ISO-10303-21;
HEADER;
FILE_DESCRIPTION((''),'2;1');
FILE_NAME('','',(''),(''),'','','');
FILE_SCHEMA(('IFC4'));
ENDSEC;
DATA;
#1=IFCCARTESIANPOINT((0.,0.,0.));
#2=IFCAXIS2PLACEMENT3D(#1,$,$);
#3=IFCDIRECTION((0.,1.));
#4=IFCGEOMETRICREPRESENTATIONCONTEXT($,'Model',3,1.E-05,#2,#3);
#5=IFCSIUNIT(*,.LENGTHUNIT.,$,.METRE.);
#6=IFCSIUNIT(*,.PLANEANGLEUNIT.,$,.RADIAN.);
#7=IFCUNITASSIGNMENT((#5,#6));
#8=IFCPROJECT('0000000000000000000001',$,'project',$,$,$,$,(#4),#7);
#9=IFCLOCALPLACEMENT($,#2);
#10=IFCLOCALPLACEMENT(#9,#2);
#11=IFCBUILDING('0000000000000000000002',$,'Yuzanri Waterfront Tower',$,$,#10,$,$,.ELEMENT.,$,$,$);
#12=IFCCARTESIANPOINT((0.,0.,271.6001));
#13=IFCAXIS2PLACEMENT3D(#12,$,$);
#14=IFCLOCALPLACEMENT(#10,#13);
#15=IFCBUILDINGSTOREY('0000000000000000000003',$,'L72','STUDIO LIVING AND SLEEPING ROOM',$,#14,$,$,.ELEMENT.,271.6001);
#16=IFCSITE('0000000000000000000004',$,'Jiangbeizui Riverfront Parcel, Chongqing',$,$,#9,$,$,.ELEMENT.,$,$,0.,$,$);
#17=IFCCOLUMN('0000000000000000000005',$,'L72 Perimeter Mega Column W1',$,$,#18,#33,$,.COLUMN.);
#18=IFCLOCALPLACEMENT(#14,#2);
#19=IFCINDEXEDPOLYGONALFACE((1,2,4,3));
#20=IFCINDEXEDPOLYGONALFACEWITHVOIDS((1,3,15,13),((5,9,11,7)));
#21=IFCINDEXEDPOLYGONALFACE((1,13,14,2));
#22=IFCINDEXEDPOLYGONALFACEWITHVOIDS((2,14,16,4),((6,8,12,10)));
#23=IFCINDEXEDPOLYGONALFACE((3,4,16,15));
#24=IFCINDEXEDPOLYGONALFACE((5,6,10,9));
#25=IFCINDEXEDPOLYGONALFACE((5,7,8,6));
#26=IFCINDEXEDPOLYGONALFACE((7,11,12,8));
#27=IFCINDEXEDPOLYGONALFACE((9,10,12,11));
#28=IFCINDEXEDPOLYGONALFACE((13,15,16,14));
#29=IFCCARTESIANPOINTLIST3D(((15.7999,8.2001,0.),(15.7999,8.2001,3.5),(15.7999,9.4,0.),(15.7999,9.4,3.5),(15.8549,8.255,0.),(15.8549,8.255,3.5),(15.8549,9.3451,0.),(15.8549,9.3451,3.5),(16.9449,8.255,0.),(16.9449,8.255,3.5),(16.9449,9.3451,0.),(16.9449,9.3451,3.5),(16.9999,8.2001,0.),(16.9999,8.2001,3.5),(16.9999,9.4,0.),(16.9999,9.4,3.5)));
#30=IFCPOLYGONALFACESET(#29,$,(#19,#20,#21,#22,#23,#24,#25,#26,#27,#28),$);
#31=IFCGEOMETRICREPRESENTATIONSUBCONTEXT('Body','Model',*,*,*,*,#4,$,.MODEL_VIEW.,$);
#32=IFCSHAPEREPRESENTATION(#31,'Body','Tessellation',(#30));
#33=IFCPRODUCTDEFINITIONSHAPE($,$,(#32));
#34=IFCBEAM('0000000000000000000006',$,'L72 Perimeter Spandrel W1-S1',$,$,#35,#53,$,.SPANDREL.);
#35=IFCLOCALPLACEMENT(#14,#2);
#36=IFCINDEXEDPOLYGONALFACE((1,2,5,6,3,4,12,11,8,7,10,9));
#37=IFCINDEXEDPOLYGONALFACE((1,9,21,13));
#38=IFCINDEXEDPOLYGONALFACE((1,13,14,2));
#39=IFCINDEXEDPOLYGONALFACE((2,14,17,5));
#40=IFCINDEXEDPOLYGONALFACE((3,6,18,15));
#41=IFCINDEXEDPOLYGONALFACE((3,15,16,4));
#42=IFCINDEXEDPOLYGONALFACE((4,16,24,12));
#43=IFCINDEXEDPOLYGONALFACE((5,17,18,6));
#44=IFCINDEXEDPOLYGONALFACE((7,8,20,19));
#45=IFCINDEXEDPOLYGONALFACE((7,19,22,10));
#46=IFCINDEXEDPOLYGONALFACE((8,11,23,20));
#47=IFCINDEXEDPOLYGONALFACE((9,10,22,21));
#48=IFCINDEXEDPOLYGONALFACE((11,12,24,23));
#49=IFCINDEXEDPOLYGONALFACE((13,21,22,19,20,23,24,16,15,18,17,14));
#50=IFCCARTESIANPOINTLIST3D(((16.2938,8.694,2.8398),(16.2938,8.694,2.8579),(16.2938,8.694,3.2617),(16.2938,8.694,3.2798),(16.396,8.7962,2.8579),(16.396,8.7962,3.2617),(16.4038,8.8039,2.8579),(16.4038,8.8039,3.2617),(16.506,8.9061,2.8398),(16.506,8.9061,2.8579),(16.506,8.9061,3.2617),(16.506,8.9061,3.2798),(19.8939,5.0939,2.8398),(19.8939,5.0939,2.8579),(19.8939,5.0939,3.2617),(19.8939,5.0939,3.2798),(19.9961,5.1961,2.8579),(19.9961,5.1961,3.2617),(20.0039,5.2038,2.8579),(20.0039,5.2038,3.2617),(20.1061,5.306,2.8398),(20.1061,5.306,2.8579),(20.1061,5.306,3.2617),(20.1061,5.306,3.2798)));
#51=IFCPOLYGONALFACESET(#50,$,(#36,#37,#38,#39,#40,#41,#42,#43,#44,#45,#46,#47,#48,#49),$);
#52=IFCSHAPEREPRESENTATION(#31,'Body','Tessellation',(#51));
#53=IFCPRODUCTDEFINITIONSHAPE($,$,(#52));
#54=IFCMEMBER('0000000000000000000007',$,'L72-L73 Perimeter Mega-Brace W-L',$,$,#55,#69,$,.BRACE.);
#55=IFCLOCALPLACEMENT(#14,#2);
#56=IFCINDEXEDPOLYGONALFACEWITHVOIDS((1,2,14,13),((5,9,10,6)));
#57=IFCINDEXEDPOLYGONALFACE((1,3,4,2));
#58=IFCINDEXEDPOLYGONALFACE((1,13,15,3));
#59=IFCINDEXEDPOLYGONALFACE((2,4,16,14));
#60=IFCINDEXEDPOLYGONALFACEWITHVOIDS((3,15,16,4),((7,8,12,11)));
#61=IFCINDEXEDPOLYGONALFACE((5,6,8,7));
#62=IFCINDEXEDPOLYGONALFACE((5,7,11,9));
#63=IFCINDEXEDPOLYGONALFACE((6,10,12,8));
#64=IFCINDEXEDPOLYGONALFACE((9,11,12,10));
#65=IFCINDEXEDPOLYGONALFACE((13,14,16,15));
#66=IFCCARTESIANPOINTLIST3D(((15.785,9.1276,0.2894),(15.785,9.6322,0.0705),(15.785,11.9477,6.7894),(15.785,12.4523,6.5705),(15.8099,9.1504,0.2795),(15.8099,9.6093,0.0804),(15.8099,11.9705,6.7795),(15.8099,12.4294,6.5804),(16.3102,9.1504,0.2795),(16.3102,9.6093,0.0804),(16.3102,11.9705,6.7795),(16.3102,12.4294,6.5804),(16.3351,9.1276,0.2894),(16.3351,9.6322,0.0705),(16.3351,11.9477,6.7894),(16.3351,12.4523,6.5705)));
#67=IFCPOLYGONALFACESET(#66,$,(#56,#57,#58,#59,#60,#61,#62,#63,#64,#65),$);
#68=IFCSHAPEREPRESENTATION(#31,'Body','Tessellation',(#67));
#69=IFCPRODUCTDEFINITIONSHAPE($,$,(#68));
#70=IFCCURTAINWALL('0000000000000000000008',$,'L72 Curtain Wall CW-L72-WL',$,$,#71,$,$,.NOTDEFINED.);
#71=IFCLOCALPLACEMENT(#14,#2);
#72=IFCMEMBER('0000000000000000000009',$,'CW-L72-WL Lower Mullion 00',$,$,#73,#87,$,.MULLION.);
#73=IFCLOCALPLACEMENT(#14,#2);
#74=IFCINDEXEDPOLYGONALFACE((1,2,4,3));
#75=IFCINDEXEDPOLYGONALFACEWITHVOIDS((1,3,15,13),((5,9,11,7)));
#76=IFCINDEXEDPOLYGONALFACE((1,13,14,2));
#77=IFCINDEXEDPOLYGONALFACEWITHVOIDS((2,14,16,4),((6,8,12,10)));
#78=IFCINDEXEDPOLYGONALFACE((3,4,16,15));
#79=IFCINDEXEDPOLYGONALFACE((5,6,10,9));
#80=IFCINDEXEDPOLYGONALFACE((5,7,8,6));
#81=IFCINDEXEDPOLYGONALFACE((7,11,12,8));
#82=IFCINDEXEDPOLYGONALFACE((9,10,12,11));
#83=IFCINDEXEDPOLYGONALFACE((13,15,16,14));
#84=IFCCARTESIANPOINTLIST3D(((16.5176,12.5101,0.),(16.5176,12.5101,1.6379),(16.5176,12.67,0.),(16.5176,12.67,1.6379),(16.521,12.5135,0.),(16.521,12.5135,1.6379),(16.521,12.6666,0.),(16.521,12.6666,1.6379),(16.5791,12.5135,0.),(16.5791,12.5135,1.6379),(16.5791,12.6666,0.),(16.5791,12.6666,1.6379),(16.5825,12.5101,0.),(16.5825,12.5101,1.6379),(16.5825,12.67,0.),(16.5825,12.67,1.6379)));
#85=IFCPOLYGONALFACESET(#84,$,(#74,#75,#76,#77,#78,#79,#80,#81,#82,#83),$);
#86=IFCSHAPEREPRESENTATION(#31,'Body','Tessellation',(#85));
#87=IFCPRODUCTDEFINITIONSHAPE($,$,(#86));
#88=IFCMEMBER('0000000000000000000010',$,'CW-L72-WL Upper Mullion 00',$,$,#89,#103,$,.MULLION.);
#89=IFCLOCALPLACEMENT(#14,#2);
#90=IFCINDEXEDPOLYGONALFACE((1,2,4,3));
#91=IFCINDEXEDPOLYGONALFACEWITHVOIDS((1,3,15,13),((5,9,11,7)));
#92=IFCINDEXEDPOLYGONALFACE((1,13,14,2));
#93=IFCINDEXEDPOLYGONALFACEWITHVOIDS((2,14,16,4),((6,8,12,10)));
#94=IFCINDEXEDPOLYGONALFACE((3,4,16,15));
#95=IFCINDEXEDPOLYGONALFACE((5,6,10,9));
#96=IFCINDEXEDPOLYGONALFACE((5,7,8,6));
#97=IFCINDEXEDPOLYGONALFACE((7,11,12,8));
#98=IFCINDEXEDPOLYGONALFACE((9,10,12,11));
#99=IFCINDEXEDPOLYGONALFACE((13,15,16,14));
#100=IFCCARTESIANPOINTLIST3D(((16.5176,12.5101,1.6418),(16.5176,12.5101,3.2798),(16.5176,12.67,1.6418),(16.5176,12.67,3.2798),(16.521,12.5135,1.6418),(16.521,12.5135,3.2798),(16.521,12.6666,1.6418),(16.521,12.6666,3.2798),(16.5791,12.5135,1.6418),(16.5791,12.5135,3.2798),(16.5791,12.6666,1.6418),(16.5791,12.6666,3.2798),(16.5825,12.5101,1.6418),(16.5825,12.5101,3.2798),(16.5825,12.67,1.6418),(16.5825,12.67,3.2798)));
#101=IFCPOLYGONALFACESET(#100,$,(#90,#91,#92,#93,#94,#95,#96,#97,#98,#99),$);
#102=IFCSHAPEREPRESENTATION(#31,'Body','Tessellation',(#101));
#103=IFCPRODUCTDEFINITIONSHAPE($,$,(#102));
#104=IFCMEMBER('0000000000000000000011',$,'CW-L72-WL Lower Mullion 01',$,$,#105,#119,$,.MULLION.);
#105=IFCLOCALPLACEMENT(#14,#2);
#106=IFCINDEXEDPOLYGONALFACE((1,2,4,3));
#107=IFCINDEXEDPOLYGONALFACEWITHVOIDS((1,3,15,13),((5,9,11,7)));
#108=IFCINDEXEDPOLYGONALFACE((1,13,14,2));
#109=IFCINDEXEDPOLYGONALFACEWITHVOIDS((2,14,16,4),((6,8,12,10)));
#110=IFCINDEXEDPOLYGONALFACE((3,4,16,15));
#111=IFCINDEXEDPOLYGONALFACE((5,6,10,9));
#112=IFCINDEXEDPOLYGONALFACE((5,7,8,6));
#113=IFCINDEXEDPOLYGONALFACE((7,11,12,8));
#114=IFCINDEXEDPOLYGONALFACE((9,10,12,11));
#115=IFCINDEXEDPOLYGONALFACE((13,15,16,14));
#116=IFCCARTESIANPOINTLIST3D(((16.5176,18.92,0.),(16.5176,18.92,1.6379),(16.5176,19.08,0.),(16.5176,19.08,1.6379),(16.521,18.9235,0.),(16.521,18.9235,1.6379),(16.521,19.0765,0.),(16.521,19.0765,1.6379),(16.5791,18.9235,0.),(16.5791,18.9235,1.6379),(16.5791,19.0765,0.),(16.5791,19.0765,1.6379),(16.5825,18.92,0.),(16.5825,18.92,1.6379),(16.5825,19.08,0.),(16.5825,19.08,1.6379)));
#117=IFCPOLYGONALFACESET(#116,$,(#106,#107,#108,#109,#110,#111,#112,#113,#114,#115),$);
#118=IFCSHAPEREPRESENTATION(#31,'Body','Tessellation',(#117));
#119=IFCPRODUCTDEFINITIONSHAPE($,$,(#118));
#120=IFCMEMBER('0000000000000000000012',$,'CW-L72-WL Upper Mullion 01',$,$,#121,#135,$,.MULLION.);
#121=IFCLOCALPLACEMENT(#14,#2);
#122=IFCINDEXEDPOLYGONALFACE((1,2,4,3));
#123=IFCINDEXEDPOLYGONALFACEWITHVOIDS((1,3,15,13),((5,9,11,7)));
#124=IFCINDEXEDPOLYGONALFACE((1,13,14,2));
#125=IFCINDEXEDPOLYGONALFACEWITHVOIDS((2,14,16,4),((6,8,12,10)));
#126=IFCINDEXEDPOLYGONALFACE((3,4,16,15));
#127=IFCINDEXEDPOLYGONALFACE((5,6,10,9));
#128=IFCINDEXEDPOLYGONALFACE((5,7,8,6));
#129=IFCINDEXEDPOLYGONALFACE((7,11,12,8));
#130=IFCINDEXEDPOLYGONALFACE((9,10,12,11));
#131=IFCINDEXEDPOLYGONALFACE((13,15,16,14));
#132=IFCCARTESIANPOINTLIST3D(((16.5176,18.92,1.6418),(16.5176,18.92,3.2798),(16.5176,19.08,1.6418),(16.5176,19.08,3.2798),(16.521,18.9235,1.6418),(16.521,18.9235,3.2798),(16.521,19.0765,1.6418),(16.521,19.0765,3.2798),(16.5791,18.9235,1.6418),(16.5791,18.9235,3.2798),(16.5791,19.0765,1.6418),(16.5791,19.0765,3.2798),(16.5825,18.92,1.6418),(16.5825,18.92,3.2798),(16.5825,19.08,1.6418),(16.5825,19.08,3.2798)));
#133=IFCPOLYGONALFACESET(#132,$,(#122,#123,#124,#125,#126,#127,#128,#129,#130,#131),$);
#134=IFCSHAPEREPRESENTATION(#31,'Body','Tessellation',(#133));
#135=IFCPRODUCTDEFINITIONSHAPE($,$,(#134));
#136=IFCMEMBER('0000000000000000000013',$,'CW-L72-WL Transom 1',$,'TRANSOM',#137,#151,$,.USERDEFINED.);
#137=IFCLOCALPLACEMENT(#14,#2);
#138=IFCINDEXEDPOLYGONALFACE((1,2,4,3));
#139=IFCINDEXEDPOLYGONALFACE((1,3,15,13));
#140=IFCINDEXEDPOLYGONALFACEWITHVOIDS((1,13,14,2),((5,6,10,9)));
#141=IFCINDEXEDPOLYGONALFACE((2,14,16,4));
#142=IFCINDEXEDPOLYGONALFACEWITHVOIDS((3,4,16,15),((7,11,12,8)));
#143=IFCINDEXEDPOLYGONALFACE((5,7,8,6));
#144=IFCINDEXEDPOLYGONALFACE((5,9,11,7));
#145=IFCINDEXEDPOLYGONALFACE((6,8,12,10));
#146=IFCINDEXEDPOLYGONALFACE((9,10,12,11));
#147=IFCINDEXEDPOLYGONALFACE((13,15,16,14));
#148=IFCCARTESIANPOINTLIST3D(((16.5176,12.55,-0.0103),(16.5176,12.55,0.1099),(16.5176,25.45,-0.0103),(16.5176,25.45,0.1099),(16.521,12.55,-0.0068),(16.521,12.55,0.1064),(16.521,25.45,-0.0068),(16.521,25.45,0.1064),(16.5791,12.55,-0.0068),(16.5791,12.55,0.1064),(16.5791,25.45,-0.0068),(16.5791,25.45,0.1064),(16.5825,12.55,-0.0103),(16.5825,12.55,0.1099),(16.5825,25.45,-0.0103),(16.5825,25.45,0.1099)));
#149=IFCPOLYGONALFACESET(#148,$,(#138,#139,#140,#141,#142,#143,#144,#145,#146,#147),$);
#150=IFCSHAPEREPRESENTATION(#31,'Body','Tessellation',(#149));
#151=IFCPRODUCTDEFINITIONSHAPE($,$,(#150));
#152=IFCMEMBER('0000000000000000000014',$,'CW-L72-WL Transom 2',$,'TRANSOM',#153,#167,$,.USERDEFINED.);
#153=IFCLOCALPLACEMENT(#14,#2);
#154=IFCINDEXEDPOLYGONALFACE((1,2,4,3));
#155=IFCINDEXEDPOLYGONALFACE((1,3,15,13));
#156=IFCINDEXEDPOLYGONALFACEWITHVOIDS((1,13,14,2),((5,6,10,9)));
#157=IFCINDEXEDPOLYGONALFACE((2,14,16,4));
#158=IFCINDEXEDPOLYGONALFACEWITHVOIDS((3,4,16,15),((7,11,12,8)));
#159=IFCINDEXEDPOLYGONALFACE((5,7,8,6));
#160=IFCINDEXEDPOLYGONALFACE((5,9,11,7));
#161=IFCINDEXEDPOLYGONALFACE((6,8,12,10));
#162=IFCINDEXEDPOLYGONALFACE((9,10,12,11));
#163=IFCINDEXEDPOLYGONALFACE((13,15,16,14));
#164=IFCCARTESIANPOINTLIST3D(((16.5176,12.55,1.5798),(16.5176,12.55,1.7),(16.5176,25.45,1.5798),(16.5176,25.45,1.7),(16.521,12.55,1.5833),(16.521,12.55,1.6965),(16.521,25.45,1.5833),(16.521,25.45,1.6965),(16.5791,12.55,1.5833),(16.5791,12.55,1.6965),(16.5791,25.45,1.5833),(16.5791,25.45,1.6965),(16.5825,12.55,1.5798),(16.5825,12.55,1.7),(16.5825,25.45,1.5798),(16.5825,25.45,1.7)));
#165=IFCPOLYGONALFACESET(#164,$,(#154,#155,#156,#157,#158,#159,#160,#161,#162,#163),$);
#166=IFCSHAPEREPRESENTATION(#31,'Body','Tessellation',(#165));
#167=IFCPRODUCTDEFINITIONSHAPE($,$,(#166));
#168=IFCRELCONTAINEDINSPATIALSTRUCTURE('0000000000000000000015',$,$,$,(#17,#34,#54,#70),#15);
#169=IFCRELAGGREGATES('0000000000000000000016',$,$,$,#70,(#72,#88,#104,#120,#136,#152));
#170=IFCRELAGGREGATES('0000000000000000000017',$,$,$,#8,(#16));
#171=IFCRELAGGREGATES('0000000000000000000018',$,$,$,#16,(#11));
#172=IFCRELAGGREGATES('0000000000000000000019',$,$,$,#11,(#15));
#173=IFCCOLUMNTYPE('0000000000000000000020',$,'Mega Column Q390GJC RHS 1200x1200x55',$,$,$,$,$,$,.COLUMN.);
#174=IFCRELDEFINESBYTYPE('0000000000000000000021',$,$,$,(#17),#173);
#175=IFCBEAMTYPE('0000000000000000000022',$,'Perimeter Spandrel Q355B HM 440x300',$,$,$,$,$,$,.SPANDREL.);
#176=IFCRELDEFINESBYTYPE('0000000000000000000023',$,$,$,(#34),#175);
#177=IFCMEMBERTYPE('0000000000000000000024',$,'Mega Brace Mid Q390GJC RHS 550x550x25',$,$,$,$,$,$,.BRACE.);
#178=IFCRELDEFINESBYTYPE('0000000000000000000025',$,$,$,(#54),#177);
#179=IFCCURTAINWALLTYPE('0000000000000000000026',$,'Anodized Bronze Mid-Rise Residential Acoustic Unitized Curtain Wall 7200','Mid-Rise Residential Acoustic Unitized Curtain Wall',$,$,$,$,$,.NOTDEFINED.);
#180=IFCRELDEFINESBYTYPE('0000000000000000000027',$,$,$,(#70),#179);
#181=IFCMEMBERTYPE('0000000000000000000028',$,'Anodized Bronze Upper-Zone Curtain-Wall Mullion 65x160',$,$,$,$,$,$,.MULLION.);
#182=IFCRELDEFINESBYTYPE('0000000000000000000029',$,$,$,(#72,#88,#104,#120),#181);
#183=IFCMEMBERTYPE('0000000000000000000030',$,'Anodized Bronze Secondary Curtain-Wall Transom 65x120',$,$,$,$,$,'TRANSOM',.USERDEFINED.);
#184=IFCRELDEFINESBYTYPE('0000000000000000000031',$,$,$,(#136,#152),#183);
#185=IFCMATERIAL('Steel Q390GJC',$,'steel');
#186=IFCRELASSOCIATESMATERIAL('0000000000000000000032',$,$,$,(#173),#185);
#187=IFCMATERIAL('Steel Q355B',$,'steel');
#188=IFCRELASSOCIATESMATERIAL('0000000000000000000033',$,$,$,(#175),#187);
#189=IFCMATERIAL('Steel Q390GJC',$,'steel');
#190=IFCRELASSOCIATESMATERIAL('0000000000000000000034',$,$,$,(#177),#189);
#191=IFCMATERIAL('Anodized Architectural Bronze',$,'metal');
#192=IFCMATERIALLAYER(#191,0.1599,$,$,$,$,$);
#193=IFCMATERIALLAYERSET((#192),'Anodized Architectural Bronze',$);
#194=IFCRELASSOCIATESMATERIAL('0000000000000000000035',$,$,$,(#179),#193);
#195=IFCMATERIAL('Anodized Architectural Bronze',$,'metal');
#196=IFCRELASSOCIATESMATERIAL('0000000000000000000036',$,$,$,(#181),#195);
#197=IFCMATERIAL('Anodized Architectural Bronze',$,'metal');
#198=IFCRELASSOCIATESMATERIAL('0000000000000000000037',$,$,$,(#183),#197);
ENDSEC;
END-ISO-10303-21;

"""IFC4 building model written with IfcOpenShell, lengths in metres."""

from ifc_helpers import new_model, si_unit, direction, frame, origin, origin_2d, place, context, subcontext, project, spatial, hollow_rectangle, i_section, extrude, source, transform, mapped, material, layer, layer_set, material_profile, profile_set, type_object, element, aggregate, save


model = new_model("IFC4")

# Units and contexts
model_context = context("Model", 3, precision=1e-05, world=origin(), true_north=direction((0.0, 1.0)))
body_context = subcontext(model_context, "Body", "Model", "MODEL_VIEW")
ifc_project = project(units=[si_unit("LENGTHUNIT", "METRE"), si_unit("PLANEANGLEUNIT", "RADIAN")], contexts=[model_context])

# Site, building, storey
site_placement = place(None, origin())
site = spatial("IfcSite", under=ifc_project, at=site_placement, Name="Jiangbeizui Riverfront Parcel, Chongqing", CompositionType="ELEMENT", RefElevation=0.0)
building_placement = place(site_placement, origin())
building = spatial("IfcBuilding", under=site, at=building_placement, Name="Yuzanri Waterfront Tower", CompositionType="ELEMENT")
storey_placement = place(building_placement, frame((0.0, 0.0, 271.6001)))
storey = spatial("IfcBuildingStorey", under=building, at=storey_placement, Name="L72", Description="STUDIO LIVING AND SLEEPING ROOM", CompositionType="ELEMENT", Elevation=271.6001)

# Column
ifc_material_1 = material(Name="Steel Q390GJC", Category="steel")
ifc_material_profile_1 = material_profile(ifc_material_1, hollow_rectangle(XDim=1.2, YDim=1.2, WallThickness=0.0549, at=origin_2d()), Name="RHS 1200x1200x55")
ifc_profile_set_1 = profile_set([ifc_material_profile_1], Name="Steel Q390GJC")
column_type = type_object("IfcColumnType", Name="Mega Column Q390GJC RHS 1200x1200x55", PredefinedType="COLUMN", material=ifc_profile_set_1)
shared_shape_1 = source(origin(), body_context, "Body", "SweptSolid", [
    extrude(hollow_rectangle(XDim=1.2, YDim=1.2, WallThickness=0.0549, at=origin_2d()), origin(), (0.0, 0.0, 1.0), 3.5),
])
column_placement = place(storey_placement, frame((16.3999, 8.8, 0.0), z_axis=(0.0, 0.0, 1.0), x_axis=(1.0, 0.0, 0.0)))
element("IfcColumn", 1, at=column_placement, inside=storey, type_object=column_type, Name="L72 Perimeter Mega Column W1", PredefinedType="COLUMN", context=body_context, shape_type="MappedRepresentation", body=[
    mapped(shared_shape_1, transform((0.0, 0.0, 0.0), scale=1.0)),
])

# Beam
ifc_material_2 = material(Name="Steel Q355B", Category="steel")
ifc_material_profile_2 = material_profile(ifc_material_2, i_section(OverallWidth=0.3, OverallDepth=0.4399, WebThickness=0.011, FlangeThickness=0.0181, at=origin_2d()), Name="HM 440x300x11x18")
ifc_profile_set_2 = profile_set([ifc_material_profile_2], Name="Steel Q355B")
beam_type = type_object("IfcBeamType", Name="Perimeter Spandrel Q355B HM 440x300", PredefinedType="SPANDREL", material=ifc_profile_set_2)
shared_shape_2 = source(origin(), body_context, "Body", "SweptSolid", [
    extrude(i_section(OverallWidth=0.3, OverallDepth=0.4399, WebThickness=0.011, FlangeThickness=0.0181, at=origin_2d()), origin(), (0.0, 0.0, 1.0), 5.0913),
])
beam_placement = place(storey_placement, frame((16.3999, 8.8, 3.0598), z_axis=(0.707107, -0.707107, 0.0), x_axis=(0.707107, 0.707107, 0.0)))
element("IfcBeam", 2, at=beam_placement, inside=storey, type_object=beam_type, Name="L72 Perimeter Spandrel W1-S1", PredefinedType="SPANDREL", context=body_context, shape_type="MappedRepresentation", body=[
    mapped(shared_shape_2, transform((0.0, 0.0, 0.0), scale=1.0)),
])

# Member
ifc_material_3 = material(Name="Steel Q390GJC", Category="steel")
ifc_material_profile_3 = material_profile(ifc_material_3, hollow_rectangle(XDim=0.55, YDim=0.55, WallThickness=0.0249, at=origin_2d()), Name="RHS 550x550x25")
ifc_profile_set_3 = profile_set([ifc_material_profile_3], Name="Steel Q390GJC")
member_type_1 = type_object("IfcMemberType", Name="Mega Brace Mid Q390GJC RHS 550x550x25", PredefinedType="BRACE", material=ifc_profile_set_3)
shared_shape_3 = source(origin(), body_context, "Body", "SweptSolid", [
    extrude(hollow_rectangle(XDim=0.55, YDim=0.55, WallThickness=0.0249, at=origin_2d()), origin(), (0.0, 0.0, 1.0), 7.0854),
])
member_1_placement = place(storey_placement, frame((16.0601, 9.3799, 0.1799), z_axis=(0.0, 0.398012, 0.91738), x_axis=(-1.0, 0.0, 0.0)))
element("IfcMember", 3, at=member_1_placement, inside=storey, type_object=member_type_1, Name="L72-L73 Perimeter Mega-Brace W-L", PredefinedType="BRACE", context=body_context, shape_type="MappedRepresentation", body=[
    mapped(shared_shape_3, transform((0.0, 0.0, 0.0), scale=1.0)),
])

# Curtain wall, members
ifc_material_4 = material(Name="Anodized Architectural Bronze", Category="metal")
ifc_layer_1 = layer(ifc_material_4, 0.1599)
ifc_layer_set_1 = layer_set([ifc_layer_1], Name="Anodized Architectural Bronze")
curtain_wall_type = type_object("IfcCurtainWallType", Name="Anodized Bronze Mid-Rise Residential Acoustic Unitized Curtain Wall 7200", Description="Mid-Rise Residential Acoustic Unitized Curtain Wall", PredefinedType="NOTDEFINED", material=ifc_layer_set_1)
curtain_wall_placement = place(storey_placement, origin())
curtain_wall = element("IfcCurtainWall", 4, at=curtain_wall_placement, inside=storey, type_object=curtain_wall_type, Name="L72 Curtain Wall CW-L72-WL", PredefinedType="NOTDEFINED")
ifc_material_5 = material(Name="Anodized Architectural Bronze", Category="metal")
ifc_material_profile_4 = material_profile(ifc_material_5, hollow_rectangle(XDim=0.0649, YDim=0.1599, WallThickness=0.0034, at=origin_2d()), Name="CWM 65x160")
ifc_profile_set_4 = profile_set([ifc_material_profile_4], Name="Anodized Architectural Bronze")
member_type_2 = type_object("IfcMemberType", Name="Anodized Bronze Upper-Zone Curtain-Wall Mullion 65x160", PredefinedType="MULLION", material=ifc_profile_set_4)
shared_shape_4 = source(origin(), body_context, "Body", "SweptSolid", [
    extrude(hollow_rectangle(XDim=0.0649, YDim=0.1599, WallThickness=0.0034, at=origin_2d()), origin(), (0.0, 0.0, 1.0), 1.6379),
])
member_2_placement = place(storey_placement, frame((16.55, 12.5901, 0.0), z_axis=(0.0, 0.0, 1.0), x_axis=(1.0, 0.0, 0.0)))
member_2 = element("IfcMember", 5, at=member_2_placement, type_object=member_type_2, Name="CW-L72-WL Lower Mullion 00", PredefinedType="MULLION", context=body_context, shape_type="MappedRepresentation", body=[
    mapped(shared_shape_4, transform((0.0, 0.0, 0.0), scale=1.0)),
])
member_3_placement = place(storey_placement, frame((16.55, 12.5901, 1.6418), z_axis=(0.0, 0.0, 1.0), x_axis=(1.0, 0.0, 0.0)))
member_3 = element("IfcMember", 6, at=member_3_placement, type_object=member_type_2, Name="CW-L72-WL Upper Mullion 00", PredefinedType="MULLION", context=body_context, shape_type="MappedRepresentation", body=[
    mapped(shared_shape_4, transform((0.0, 0.0, 0.0), scale=1.0)),
])
member_4_placement = place(storey_placement, frame((16.55, 19.0, 0.0), z_axis=(0.0, 0.0, 1.0), x_axis=(1.0, 0.0, 0.0)))
member_4 = element("IfcMember", 7, at=member_4_placement, type_object=member_type_2, Name="CW-L72-WL Lower Mullion 01", PredefinedType="MULLION", context=body_context, shape_type="MappedRepresentation", body=[
    mapped(shared_shape_4, transform((0.0, 0.0, 0.0), scale=1.0)),
])
member_5_placement = place(storey_placement, frame((16.55, 19.0, 1.6418), z_axis=(0.0, 0.0, 1.0), x_axis=(1.0, 0.0, 0.0)))
member_5 = element("IfcMember", 8, at=member_5_placement, type_object=member_type_2, Name="CW-L72-WL Upper Mullion 01", PredefinedType="MULLION", context=body_context, shape_type="MappedRepresentation", body=[
    mapped(shared_shape_4, transform((0.0, 0.0, 0.0), scale=1.0)),
])
ifc_material_6 = material(Name="Anodized Architectural Bronze", Category="metal")
ifc_material_profile_5 = material_profile(ifc_material_6, hollow_rectangle(XDim=0.0649, YDim=0.1201, WallThickness=0.0034, at=origin_2d()), Name="CWT 65x120")
ifc_profile_set_5 = profile_set([ifc_material_profile_5], Name="Anodized Architectural Bronze")
member_type_3 = type_object("IfcMemberType", Name="Anodized Bronze Secondary Curtain-Wall Transom 65x120", ElementType="TRANSOM", PredefinedType="USERDEFINED", material=ifc_profile_set_5)
shared_shape_5 = source(origin(), body_context, "Body", "SweptSolid", [
    extrude(hollow_rectangle(XDim=0.0649, YDim=0.1201, WallThickness=0.0034, at=origin_2d()), origin(), (0.0, 0.0, 1.0), 12.8999),
])
member_6_placement = place(storey_placement, frame((16.55, 12.55, 0.0498), z_axis=(0.0, 1.0, 0.0), x_axis=(-1.0, 0.0, 0.0)))
member_6 = element("IfcMember", 9, at=member_6_placement, type_object=member_type_3, Name="CW-L72-WL Transom 1", ObjectType="TRANSOM", PredefinedType="USERDEFINED", context=body_context, shape_type="MappedRepresentation", body=[
    mapped(shared_shape_5, transform((0.0, 0.0, 0.0), scale=1.0)),
])
member_7_placement = place(storey_placement, frame((16.55, 12.55, 1.6399), z_axis=(0.0, 1.0, 0.0), x_axis=(-1.0, 0.0, 0.0)))
member_7 = element("IfcMember", 10, at=member_7_placement, type_object=member_type_3, Name="CW-L72-WL Transom 2", ObjectType="TRANSOM", PredefinedType="USERDEFINED", context=body_context, shape_type="MappedRepresentation", body=[
    mapped(shared_shape_5, transform((0.0, 0.0, 0.0), scale=1.0)),
])

aggregate(curtain_wall, [member_2, member_3, member_4, member_5, member_6, member_7])

save(model, "model.ifc")
